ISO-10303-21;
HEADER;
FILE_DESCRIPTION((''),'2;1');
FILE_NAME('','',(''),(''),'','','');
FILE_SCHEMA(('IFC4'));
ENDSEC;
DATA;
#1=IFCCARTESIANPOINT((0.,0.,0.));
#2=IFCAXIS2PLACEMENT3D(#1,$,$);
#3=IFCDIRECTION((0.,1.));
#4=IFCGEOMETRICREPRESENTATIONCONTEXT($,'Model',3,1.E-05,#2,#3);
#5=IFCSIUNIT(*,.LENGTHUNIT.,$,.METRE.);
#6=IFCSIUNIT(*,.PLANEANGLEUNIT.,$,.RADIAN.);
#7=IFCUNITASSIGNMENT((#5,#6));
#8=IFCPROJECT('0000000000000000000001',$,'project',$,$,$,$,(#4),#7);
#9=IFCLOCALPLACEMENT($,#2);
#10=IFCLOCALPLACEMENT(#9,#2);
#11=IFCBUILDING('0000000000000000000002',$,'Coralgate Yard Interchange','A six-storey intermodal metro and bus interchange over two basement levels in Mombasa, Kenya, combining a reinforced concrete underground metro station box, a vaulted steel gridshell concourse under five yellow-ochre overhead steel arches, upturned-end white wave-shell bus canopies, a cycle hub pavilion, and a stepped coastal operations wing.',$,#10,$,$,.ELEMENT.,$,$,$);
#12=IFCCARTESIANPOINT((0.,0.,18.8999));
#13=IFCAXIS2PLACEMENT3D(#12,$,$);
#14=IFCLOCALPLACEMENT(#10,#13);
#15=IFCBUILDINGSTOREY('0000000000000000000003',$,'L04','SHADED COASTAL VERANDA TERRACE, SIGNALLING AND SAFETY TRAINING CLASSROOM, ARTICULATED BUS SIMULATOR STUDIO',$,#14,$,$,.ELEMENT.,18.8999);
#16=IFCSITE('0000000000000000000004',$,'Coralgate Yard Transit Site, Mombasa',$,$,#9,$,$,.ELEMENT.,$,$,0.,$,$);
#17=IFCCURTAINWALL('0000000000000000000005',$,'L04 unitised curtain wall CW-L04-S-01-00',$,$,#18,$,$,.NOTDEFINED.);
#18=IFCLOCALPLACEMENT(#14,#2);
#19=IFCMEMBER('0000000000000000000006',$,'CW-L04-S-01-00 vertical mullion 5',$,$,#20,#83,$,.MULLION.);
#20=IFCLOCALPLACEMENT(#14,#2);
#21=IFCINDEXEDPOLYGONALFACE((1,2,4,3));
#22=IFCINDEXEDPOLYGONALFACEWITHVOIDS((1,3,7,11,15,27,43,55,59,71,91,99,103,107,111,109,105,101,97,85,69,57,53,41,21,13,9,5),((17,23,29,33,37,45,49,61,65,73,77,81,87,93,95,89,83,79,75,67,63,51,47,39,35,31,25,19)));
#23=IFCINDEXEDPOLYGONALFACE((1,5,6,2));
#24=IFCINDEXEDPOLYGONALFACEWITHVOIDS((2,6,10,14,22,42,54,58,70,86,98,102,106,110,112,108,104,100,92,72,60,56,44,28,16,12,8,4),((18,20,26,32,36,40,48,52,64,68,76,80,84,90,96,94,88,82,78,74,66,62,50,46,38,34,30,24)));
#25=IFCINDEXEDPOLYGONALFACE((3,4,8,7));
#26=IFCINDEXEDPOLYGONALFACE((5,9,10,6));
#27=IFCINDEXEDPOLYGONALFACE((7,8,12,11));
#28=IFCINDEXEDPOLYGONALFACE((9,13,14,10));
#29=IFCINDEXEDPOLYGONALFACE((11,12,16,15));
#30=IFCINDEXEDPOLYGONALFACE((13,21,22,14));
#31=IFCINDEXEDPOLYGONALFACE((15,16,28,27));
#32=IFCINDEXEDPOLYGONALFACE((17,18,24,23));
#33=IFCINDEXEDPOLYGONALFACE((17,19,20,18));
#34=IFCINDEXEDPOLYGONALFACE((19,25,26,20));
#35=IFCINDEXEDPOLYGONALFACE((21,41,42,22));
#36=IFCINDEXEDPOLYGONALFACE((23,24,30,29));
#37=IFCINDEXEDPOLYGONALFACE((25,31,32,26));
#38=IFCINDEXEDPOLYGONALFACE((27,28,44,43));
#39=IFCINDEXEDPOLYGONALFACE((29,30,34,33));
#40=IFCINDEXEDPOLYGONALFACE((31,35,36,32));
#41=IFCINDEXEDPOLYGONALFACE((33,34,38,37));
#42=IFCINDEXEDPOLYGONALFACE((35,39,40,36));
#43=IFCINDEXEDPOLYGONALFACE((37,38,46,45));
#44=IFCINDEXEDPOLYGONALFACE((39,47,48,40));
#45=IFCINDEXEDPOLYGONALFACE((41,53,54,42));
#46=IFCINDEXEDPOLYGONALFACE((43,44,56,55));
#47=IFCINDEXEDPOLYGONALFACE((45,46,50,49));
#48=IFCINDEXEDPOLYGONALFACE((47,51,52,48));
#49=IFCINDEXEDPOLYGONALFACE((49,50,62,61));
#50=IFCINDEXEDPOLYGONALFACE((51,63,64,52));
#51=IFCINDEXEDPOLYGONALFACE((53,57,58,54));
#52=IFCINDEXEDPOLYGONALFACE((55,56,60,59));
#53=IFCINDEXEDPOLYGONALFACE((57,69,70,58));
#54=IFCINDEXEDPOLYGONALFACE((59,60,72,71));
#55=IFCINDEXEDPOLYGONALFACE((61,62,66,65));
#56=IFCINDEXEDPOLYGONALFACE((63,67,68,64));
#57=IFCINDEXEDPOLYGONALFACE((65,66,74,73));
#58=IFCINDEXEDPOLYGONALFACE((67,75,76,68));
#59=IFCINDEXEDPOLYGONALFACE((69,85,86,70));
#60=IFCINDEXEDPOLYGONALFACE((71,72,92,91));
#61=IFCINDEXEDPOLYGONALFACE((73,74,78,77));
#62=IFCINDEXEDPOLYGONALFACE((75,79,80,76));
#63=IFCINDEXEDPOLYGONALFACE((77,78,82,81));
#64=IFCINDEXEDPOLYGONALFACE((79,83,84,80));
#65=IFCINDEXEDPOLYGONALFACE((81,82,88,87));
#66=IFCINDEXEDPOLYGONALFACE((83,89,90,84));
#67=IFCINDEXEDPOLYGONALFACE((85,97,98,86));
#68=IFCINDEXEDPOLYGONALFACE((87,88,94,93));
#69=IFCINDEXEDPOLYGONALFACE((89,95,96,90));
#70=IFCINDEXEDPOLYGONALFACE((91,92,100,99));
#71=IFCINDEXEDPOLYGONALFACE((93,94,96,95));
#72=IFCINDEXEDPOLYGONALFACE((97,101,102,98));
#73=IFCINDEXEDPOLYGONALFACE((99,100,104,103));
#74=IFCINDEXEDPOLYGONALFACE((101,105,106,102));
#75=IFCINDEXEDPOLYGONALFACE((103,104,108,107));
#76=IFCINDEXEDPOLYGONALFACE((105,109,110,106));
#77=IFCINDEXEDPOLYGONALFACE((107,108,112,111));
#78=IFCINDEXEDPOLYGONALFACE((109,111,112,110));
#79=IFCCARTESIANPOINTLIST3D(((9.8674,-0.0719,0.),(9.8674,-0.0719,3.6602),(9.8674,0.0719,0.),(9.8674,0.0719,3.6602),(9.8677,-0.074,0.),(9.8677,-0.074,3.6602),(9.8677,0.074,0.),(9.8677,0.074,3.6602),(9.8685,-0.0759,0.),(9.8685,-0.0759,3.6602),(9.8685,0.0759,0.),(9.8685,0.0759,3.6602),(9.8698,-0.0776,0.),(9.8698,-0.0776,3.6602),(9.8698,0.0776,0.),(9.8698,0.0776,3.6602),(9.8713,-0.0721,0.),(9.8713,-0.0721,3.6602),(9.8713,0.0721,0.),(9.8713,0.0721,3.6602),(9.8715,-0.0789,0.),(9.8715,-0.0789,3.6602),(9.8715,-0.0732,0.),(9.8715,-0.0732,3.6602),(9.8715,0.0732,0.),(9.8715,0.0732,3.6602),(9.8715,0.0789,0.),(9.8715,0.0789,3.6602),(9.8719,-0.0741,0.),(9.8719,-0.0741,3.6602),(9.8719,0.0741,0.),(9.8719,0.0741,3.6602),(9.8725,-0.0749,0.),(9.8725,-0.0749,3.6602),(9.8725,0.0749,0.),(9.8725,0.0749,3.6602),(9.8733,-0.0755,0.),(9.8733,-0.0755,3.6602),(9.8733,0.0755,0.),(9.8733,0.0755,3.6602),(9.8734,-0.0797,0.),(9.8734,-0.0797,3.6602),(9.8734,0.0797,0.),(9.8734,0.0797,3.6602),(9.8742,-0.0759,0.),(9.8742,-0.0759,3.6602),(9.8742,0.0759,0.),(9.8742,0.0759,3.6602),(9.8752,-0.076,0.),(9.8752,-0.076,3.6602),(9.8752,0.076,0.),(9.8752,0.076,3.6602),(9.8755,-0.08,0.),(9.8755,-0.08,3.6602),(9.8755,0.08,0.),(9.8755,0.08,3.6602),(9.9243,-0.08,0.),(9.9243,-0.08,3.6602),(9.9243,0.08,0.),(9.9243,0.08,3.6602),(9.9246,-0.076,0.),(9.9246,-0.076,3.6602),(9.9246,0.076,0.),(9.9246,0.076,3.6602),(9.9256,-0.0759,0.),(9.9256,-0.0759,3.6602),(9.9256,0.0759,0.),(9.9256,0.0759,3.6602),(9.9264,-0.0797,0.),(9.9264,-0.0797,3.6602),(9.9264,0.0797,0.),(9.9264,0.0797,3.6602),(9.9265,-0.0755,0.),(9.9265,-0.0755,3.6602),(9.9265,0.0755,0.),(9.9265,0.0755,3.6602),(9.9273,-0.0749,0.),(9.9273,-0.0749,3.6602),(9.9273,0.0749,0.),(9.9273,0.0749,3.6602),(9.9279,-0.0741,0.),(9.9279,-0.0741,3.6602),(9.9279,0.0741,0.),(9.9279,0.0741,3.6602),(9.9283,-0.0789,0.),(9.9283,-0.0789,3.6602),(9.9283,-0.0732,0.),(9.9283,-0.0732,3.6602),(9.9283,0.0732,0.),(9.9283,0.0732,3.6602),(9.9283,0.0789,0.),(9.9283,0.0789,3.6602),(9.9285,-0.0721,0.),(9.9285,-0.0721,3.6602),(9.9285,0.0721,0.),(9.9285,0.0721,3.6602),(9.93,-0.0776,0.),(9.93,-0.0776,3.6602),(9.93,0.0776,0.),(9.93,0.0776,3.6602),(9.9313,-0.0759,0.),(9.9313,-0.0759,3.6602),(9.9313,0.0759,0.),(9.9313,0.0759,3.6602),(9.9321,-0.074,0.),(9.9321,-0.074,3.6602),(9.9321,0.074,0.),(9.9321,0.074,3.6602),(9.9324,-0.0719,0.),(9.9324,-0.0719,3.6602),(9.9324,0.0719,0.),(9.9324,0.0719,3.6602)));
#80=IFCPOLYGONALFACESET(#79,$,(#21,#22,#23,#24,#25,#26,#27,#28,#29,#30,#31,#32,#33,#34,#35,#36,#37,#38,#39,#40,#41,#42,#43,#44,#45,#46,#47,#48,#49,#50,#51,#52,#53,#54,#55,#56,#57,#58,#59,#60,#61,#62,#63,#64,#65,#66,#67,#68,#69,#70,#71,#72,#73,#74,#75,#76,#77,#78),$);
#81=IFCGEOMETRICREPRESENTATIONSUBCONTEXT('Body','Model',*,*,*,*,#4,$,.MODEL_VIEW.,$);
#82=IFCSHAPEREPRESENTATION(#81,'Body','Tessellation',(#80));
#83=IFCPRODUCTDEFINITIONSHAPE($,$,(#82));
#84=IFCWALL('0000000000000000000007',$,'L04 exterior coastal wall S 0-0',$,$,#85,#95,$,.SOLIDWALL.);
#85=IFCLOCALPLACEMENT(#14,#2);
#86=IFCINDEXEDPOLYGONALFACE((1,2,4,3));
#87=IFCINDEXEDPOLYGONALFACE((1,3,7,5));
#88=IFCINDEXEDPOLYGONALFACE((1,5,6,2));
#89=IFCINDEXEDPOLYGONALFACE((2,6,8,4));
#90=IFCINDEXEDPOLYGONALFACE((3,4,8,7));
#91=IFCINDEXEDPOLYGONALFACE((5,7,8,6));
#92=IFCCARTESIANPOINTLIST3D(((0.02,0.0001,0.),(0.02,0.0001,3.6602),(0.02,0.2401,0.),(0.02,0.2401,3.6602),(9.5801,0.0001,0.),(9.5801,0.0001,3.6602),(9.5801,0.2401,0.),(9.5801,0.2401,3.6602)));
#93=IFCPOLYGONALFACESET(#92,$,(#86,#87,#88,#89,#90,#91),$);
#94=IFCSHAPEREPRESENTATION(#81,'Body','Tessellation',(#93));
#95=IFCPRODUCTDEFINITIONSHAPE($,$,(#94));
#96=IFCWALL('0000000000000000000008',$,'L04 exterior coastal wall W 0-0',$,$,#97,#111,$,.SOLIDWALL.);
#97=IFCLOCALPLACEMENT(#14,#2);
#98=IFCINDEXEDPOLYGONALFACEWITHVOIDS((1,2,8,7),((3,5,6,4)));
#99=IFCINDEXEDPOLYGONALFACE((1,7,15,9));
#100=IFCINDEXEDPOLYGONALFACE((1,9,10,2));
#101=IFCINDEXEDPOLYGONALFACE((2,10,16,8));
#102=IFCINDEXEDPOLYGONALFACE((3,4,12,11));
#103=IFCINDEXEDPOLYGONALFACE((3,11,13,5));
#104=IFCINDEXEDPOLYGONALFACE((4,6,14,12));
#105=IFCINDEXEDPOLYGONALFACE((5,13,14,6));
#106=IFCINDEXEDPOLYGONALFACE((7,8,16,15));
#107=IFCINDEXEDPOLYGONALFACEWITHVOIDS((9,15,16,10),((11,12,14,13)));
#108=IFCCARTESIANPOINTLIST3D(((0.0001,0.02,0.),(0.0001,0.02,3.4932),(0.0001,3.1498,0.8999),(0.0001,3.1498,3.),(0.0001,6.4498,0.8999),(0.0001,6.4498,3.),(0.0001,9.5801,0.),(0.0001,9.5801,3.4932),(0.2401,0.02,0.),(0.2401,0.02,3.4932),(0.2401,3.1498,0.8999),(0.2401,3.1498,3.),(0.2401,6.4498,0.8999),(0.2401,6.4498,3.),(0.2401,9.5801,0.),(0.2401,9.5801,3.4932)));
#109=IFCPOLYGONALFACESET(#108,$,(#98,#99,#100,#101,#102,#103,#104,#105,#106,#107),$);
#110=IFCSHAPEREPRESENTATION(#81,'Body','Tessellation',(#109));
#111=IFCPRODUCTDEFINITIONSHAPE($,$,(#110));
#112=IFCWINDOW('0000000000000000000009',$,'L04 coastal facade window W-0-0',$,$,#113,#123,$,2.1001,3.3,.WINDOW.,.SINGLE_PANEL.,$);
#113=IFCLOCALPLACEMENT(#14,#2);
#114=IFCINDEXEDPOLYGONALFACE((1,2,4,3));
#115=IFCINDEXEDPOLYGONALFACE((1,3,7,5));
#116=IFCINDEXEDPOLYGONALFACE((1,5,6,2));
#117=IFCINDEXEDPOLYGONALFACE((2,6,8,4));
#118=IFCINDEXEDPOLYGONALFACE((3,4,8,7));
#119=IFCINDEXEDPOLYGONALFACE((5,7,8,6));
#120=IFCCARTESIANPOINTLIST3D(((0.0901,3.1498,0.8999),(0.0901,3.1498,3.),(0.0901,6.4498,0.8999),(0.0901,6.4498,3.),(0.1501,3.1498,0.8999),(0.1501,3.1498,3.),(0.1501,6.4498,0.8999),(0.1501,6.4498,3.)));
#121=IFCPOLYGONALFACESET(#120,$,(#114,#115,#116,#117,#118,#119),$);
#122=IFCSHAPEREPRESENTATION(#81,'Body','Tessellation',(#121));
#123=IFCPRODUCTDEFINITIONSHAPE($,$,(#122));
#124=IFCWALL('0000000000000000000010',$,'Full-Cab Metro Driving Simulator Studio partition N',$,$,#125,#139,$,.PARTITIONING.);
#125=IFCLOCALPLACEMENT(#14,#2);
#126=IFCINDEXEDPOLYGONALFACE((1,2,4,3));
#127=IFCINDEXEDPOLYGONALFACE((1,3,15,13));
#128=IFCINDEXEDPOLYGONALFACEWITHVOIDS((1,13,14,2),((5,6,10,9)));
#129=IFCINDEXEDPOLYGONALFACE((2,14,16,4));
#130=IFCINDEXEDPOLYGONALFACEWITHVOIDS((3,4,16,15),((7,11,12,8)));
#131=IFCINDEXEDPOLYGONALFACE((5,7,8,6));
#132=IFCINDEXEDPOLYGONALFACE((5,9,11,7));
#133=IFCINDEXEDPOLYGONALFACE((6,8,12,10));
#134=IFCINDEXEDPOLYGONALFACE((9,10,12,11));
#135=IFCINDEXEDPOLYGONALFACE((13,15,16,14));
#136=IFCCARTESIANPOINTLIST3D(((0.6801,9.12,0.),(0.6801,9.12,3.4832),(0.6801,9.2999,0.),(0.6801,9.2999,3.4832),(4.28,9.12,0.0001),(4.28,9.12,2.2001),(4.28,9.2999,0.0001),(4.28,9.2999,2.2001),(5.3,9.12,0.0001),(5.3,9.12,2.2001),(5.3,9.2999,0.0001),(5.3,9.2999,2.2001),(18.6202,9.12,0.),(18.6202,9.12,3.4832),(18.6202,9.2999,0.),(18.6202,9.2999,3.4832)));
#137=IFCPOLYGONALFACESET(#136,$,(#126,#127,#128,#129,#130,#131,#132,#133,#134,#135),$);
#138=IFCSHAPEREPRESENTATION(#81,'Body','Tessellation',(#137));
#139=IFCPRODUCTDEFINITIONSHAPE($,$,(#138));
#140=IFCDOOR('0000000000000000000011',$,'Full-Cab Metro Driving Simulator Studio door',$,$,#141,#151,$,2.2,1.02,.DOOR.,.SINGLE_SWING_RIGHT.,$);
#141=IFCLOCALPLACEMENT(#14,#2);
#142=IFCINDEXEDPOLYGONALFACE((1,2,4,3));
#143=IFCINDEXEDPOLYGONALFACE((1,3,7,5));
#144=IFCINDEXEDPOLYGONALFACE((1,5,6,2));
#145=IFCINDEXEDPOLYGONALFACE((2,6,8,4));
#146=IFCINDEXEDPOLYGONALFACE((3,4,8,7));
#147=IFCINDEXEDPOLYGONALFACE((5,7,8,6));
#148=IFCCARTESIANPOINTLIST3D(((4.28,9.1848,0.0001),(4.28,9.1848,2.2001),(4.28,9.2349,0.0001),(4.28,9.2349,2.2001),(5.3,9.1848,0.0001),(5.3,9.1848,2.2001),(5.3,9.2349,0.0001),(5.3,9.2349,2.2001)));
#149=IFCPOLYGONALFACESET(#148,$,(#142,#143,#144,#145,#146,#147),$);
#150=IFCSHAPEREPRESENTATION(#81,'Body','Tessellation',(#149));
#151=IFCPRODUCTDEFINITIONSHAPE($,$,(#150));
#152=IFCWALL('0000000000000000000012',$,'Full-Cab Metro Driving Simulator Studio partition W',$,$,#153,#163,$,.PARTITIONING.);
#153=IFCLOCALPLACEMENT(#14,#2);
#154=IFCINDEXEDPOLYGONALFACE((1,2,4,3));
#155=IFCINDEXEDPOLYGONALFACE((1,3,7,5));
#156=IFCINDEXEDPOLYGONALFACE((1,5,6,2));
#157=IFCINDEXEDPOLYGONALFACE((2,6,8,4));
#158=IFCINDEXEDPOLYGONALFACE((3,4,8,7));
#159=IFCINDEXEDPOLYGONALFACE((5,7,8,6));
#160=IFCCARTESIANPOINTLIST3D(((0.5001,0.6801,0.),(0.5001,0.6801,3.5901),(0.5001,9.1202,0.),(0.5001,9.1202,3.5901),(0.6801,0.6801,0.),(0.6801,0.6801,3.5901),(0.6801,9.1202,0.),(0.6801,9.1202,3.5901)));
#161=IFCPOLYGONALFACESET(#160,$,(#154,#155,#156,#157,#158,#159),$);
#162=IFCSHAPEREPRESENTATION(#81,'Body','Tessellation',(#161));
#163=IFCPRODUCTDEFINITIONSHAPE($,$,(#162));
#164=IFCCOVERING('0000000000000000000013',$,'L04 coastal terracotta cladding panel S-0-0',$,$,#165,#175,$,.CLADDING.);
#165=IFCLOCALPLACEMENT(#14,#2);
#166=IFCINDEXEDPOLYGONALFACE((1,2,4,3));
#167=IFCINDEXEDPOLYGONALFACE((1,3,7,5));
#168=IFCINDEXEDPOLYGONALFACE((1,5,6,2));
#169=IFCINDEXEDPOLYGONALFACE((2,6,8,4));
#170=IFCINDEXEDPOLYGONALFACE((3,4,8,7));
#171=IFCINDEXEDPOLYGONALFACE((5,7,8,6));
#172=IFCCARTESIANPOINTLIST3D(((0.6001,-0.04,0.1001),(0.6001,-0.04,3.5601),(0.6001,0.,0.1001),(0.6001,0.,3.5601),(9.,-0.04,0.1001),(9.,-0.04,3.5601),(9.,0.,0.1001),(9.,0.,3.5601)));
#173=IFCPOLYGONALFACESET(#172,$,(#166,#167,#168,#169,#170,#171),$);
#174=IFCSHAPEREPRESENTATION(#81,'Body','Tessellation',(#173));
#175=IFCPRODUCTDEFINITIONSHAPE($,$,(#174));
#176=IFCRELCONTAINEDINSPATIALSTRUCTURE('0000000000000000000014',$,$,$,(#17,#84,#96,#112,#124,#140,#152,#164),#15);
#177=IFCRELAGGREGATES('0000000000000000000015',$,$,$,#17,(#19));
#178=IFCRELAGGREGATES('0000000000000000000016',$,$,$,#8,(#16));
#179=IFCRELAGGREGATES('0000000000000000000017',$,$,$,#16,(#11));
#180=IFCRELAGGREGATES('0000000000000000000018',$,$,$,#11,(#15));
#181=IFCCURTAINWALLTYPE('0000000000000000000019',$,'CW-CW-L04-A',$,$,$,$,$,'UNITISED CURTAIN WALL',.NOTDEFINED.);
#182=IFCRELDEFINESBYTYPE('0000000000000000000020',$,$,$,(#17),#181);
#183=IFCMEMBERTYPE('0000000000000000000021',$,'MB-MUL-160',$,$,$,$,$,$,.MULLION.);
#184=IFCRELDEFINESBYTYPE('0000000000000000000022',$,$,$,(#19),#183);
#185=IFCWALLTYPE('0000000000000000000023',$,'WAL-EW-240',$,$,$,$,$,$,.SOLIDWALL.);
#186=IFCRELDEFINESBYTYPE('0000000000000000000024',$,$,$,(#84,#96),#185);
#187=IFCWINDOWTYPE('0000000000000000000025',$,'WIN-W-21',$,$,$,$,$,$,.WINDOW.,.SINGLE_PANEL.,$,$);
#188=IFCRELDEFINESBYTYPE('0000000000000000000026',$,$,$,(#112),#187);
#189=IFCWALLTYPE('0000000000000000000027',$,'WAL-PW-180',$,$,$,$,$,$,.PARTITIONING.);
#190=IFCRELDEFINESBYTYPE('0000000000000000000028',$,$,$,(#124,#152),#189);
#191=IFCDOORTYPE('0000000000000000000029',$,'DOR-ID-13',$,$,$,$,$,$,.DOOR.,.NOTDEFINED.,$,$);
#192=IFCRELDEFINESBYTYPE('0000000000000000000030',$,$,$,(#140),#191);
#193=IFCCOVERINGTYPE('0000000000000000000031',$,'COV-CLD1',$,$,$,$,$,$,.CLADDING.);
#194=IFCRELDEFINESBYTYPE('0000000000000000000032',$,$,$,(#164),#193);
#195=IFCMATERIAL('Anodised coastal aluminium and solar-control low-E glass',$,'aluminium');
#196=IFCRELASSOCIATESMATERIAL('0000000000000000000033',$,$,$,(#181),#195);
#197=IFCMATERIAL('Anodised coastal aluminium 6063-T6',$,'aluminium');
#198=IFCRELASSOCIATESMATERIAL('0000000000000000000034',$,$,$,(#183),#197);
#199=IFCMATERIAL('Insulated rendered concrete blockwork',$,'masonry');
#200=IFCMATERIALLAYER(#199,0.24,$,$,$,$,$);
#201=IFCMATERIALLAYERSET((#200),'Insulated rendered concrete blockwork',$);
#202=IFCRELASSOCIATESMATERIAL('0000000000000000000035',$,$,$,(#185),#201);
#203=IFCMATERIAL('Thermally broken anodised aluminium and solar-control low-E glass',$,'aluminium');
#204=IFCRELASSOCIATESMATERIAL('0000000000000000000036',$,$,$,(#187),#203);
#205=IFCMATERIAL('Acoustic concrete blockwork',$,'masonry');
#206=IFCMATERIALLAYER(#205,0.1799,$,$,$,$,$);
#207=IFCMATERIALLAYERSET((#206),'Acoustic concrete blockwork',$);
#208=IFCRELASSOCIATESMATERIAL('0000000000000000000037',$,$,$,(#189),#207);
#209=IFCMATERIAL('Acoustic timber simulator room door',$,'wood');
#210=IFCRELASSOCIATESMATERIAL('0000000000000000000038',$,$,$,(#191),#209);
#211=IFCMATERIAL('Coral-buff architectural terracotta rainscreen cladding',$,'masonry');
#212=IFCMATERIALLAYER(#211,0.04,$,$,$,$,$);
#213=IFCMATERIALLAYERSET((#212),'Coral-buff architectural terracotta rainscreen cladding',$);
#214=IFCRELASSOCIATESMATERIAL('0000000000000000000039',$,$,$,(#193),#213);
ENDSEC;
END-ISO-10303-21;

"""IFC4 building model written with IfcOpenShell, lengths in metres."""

from ifc_helpers import new_model, si_unit, direction, frame, frame_2d, origin, origin_2d, place, context, subcontext, project, spatial, rectangle, hollow_rectangle, extrude, material, layer, layer_set, material_profile, profile_set, type_object, element, fill, aggregate, save


model = new_model("IFC4")

# Units and contexts
model_context = context("Model", 3, precision=1e-05, world=origin(), true_north=direction((0.0, 1.0)))
body_context = subcontext(model_context, "Body", "Model", "MODEL_VIEW")
ifc_project = project(units=[si_unit("LENGTHUNIT", "METRE"), si_unit("PLANEANGLEUNIT", "RADIAN")], contexts=[model_context])

# Site, building, storey
site_placement = place(None, origin())
site = spatial("IfcSite", under=ifc_project, at=site_placement, Name="Coralgate Yard Transit Site, Mombasa", CompositionType="ELEMENT", RefElevation=0.0)
building_placement = place(site_placement, origin())
building = spatial("IfcBuilding", under=site, at=building_placement, Name="Coralgate Yard Interchange", Description="A six-storey intermodal metro and bus interchange over two basement levels in Mombasa, Kenya, combining a reinforced concrete underground metro station box, a vaulted steel gridshell concourse under five yellow-ochre overhead steel arches, upturned-end white wave-shell bus canopies, a cycle hub pavilion, and a stepped coastal operations wing.", CompositionType="ELEMENT")
storey_placement = place(building_placement, frame((0.0, 0.0, 18.8999)))
storey = spatial("IfcBuildingStorey", under=building, at=storey_placement, Name="L04", Description="SHADED COASTAL VERANDA TERRACE, SIGNALLING AND SAFETY TRAINING CLASSROOM, ARTICULATED BUS SIMULATOR STUDIO", CompositionType="ELEMENT", Elevation=18.8999)

# Curtain wall, member
ifc_material_1 = material(Name="Anodised coastal aluminium and solar-control low-E glass", Category="aluminium")
curtain_wall_type = type_object("IfcCurtainWallType", Name="CW-CW-L04-A", ElementType="UNITISED CURTAIN WALL", PredefinedType="NOTDEFINED", material=ifc_material_1)
curtain_wall_placement = place(storey_placement, origin())
curtain_wall = element("IfcCurtainWall", 1, at=curtain_wall_placement, inside=storey, type_object=curtain_wall_type, Name="L04 unitised curtain wall CW-L04-S-01-00", PredefinedType="NOTDEFINED")
ifc_material_2 = material(Name="Anodised coastal aluminium 6063-T6", Category="aluminium")
ifc_material_profile_1 = material_profile(ifc_material_2, hollow_rectangle(XDim=0.0649, YDim=0.1599, WallThickness=0.0039, InnerFilletRadius=0.0039, OuterFilletRadius=0.0081, at=origin_2d()), Name="ALU 65x160x4")
ifc_profile_set_1 = profile_set([ifc_material_profile_1], Name="Anodised coastal aluminium 6063-T6")
member_type = type_object("IfcMemberType", Name="MB-MUL-160", PredefinedType="MULLION", material=ifc_profile_set_1)
member_placement = place(storey_placement, frame((9.8999, 0.0, 0.0), z_axis=(0.0, 0.0, 1.0), x_axis=(1.0, 0.0, 0.0)))
member = element("IfcMember", 2, at=member_placement, type_object=member_type, Name="CW-L04-S-01-00 vertical mullion 5", PredefinedType="MULLION", context=body_context, shape_type="SweptSolid", body=[
    extrude(hollow_rectangle(XDim=0.0649, YDim=0.1599, WallThickness=0.0039, InnerFilletRadius=0.0039, OuterFilletRadius=0.0081, at=origin_2d()), origin(), (0.0, 0.0, 1.0), 3.6602),
])
aggregate(curtain_wall, [member])

# Wall
ifc_material_3 = material(Name="Insulated rendered concrete blockwork", Category="masonry")
ifc_layer_1 = layer(ifc_material_3, 0.24)
ifc_layer_set_1 = layer_set([ifc_layer_1], Name="Insulated rendered concrete blockwork")
wall_type_1 = type_object("IfcWallType", Name="WAL-EW-240", PredefinedType="SOLIDWALL", material=ifc_layer_set_1)
wall_1_placement = place(storey_placement, frame((9.5801, 0.1201, 0.0), z_axis=(0.0, 0.0, 1.0), x_axis=(-1.0, 0.0, 0.0)))
element("IfcWall", 3, at=wall_1_placement, inside=storey, type_object=wall_type_1, Name="L04 exterior coastal wall S 0-0", PredefinedType="SOLIDWALL", context=body_context, shape_type="SweptSolid", body=[
    extrude(rectangle(XDim=9.5601, YDim=0.24, at=frame_2d((4.78, 0.0))), origin(), (0.0, 0.0, 1.0), 3.6602),
])

# Wall, opening, window
wall_2_placement = place(storey_placement, frame((0.1201, 0.02, 0.0), z_axis=(0.0, 0.0, 1.0), x_axis=(0.0, 1.0, 0.0)))
wall_2 = element("IfcWall", 4, at=wall_2_placement, inside=storey, type_object=wall_type_1, Name="L04 exterior coastal wall W 0-0", PredefinedType="SOLIDWALL", context=body_context, shape_type="SweptSolid", body=[
    extrude(rectangle(XDim=9.5601, YDim=0.24, at=frame_2d((4.78, 0.0))), origin(), (0.0, 0.0, 1.0), 3.4932),
])
opening_1_placement = place(wall_2_placement, frame((3.1299, 0.0, 0.8999)))
opening_1 = element("IfcOpeningElement", 5, at=opening_1_placement, cuts=wall_2, PredefinedType="OPENING", context=body_context, shape_type="SweptSolid", body=[
    extrude(rectangle(XDim=3.3, YDim=2.1001, at=frame_2d((1.6499, 1.05))), frame((0.0, 0.1299, 0.0), z_axis=(0.0, -1.0, 0.0), x_axis=(1.0, 0.0, 0.0)), (0.0, 0.0, 1.0), 0.26),
])
ifc_material_4 = material(Name="Thermally broken anodised aluminium and solar-control low-E glass", Category="aluminium")
window_type = type_object("IfcWindowType", Name="WIN-W-21", PartitioningType="SINGLE_PANEL", PredefinedType="WINDOW", material=ifc_material_4)
window_placement = place(opening_1_placement, origin())
window = element("IfcWindow", 6, at=window_placement, inside=storey, type_object=window_type, Name="L04 coastal facade window W-0-0", OverallHeight=2.1001, OverallWidth=3.3, PartitioningType="SINGLE_PANEL", PredefinedType="WINDOW", context=body_context, shape_type="SweptSolid", body=[
    extrude(rectangle(XDim=3.3, YDim=2.1001, at=frame_2d((1.6499, 1.05))), frame((0.0, 0.03, 0.0), z_axis=(0.0, -1.0, 0.0), x_axis=(1.0, 0.0, 0.0)), (0.0, 0.0, 1.0), 0.0601),
])
fill(opening_1, window)

# Wall, opening, door
ifc_material_5 = material(Name="Acoustic concrete blockwork", Category="masonry")
ifc_layer_2 = layer(ifc_material_5, 0.1799)
ifc_layer_set_2 = layer_set([ifc_layer_2], Name="Acoustic concrete blockwork")
wall_type_2 = type_object("IfcWallType", Name="WAL-PW-180", PredefinedType="PARTITIONING", material=ifc_layer_set_2)
wall_3_placement = place(storey_placement, frame((0.6799, 9.21, 0.0), z_axis=(0.0, 0.0, 1.0), x_axis=(1.0, 0.0, 0.0)))
wall_3 = element("IfcWall", 7, at=wall_3_placement, inside=storey, type_object=wall_type_2, Name="Full-Cab Metro Driving Simulator Studio partition N", PredefinedType="PARTITIONING", context=body_context, shape_type="SweptSolid", body=[
    extrude(rectangle(XDim=17.9402, YDim=0.1799, at=frame_2d((8.9702, 0.0))), origin(), (0.0, 0.0, 1.0), 3.4832),
])
opening_2_placement = place(wall_3_placement, frame((3.6001, 0.0, 0.0)))
opening_2 = element("IfcOpeningElement", 8, at=opening_2_placement, cuts=wall_3, PredefinedType="OPENING", context=body_context, shape_type="SweptSolid", body=[
    extrude(rectangle(XDim=1.02, YDim=2.2, at=frame_2d((0.51, 1.1001))), frame((0.0, 0.0999, 0.0), z_axis=(0.0, -1.0, 0.0), x_axis=(1.0, 0.0, 0.0)), (0.0, 0.0, 1.0), 0.2),
])
ifc_material_6 = material(Name="Acoustic timber simulator room door", Category="wood")
door_type = type_object("IfcDoorType", Name="DOR-ID-13", OperationType="NOTDEFINED", PredefinedType="DOOR", material=ifc_material_6)
door_placement = place(opening_2_placement, origin())
door = element("IfcDoor", 9, at=door_placement, inside=storey, type_object=door_type, Name="Full-Cab Metro Driving Simulator Studio door", OperationType="SINGLE_SWING_RIGHT", OverallHeight=2.2, OverallWidth=1.02, PredefinedType="DOOR", context=body_context, shape_type="SweptSolid", body=[
    extrude(rectangle(XDim=1.02, YDim=2.2, at=frame_2d((0.51, 1.1001))), frame((0.0, 0.0249, 0.0), z_axis=(0.0, -1.0, 0.0), x_axis=(1.0, 0.0, 0.0)), (0.0, 0.0, 1.0), 0.05),
])
fill(opening_2, door)

# Wall
wall_4_placement = place(storey_placement, frame((0.5901, 0.6799, 0.0), z_axis=(0.0, 0.0, 1.0), x_axis=(0.0, 1.0, 0.0)))
element("IfcWall", 10, at=wall_4_placement, inside=storey, type_object=wall_type_2, Name="Full-Cab Metro Driving Simulator Studio partition W", PredefinedType="PARTITIONING", context=body_context, shape_type="SweptSolid", body=[
    extrude(rectangle(XDim=8.4402, YDim=0.1799, at=frame_2d((4.2202, 0.0))), origin(), (0.0, 0.0, 1.0), 3.5901),
])

# Covering
ifc_material_7 = material(Name="Coral-buff architectural terracotta rainscreen cladding", Category="masonry")
ifc_layer_3 = layer(ifc_material_7, 0.04)
ifc_layer_set_3 = layer_set([ifc_layer_3], Name="Coral-buff architectural terracotta rainscreen cladding")
covering_type = type_object("IfcCoveringType", Name="COV-CLD1", PredefinedType="CLADDING", material=ifc_layer_set_3)
covering_placement = place(storey_placement, frame((4.8, -0.02, 0.1001), z_axis=(0.0, 0.0, 1.0), x_axis=(-1.0, 0.0, 0.0)))
element("IfcCovering", 11, at=covering_placement, inside=storey, type_object=covering_type, Name="L04 coastal terracotta cladding panel S-0-0", PredefinedType="CLADDING", context=body_context, shape_type="SweptSolid", body=[
    extrude(rectangle(XDim=8.3999, YDim=0.04, at=origin_2d()), origin(), (0.0, 0.0, 1.0), 3.46),
])

save(model, "model.ifc")
